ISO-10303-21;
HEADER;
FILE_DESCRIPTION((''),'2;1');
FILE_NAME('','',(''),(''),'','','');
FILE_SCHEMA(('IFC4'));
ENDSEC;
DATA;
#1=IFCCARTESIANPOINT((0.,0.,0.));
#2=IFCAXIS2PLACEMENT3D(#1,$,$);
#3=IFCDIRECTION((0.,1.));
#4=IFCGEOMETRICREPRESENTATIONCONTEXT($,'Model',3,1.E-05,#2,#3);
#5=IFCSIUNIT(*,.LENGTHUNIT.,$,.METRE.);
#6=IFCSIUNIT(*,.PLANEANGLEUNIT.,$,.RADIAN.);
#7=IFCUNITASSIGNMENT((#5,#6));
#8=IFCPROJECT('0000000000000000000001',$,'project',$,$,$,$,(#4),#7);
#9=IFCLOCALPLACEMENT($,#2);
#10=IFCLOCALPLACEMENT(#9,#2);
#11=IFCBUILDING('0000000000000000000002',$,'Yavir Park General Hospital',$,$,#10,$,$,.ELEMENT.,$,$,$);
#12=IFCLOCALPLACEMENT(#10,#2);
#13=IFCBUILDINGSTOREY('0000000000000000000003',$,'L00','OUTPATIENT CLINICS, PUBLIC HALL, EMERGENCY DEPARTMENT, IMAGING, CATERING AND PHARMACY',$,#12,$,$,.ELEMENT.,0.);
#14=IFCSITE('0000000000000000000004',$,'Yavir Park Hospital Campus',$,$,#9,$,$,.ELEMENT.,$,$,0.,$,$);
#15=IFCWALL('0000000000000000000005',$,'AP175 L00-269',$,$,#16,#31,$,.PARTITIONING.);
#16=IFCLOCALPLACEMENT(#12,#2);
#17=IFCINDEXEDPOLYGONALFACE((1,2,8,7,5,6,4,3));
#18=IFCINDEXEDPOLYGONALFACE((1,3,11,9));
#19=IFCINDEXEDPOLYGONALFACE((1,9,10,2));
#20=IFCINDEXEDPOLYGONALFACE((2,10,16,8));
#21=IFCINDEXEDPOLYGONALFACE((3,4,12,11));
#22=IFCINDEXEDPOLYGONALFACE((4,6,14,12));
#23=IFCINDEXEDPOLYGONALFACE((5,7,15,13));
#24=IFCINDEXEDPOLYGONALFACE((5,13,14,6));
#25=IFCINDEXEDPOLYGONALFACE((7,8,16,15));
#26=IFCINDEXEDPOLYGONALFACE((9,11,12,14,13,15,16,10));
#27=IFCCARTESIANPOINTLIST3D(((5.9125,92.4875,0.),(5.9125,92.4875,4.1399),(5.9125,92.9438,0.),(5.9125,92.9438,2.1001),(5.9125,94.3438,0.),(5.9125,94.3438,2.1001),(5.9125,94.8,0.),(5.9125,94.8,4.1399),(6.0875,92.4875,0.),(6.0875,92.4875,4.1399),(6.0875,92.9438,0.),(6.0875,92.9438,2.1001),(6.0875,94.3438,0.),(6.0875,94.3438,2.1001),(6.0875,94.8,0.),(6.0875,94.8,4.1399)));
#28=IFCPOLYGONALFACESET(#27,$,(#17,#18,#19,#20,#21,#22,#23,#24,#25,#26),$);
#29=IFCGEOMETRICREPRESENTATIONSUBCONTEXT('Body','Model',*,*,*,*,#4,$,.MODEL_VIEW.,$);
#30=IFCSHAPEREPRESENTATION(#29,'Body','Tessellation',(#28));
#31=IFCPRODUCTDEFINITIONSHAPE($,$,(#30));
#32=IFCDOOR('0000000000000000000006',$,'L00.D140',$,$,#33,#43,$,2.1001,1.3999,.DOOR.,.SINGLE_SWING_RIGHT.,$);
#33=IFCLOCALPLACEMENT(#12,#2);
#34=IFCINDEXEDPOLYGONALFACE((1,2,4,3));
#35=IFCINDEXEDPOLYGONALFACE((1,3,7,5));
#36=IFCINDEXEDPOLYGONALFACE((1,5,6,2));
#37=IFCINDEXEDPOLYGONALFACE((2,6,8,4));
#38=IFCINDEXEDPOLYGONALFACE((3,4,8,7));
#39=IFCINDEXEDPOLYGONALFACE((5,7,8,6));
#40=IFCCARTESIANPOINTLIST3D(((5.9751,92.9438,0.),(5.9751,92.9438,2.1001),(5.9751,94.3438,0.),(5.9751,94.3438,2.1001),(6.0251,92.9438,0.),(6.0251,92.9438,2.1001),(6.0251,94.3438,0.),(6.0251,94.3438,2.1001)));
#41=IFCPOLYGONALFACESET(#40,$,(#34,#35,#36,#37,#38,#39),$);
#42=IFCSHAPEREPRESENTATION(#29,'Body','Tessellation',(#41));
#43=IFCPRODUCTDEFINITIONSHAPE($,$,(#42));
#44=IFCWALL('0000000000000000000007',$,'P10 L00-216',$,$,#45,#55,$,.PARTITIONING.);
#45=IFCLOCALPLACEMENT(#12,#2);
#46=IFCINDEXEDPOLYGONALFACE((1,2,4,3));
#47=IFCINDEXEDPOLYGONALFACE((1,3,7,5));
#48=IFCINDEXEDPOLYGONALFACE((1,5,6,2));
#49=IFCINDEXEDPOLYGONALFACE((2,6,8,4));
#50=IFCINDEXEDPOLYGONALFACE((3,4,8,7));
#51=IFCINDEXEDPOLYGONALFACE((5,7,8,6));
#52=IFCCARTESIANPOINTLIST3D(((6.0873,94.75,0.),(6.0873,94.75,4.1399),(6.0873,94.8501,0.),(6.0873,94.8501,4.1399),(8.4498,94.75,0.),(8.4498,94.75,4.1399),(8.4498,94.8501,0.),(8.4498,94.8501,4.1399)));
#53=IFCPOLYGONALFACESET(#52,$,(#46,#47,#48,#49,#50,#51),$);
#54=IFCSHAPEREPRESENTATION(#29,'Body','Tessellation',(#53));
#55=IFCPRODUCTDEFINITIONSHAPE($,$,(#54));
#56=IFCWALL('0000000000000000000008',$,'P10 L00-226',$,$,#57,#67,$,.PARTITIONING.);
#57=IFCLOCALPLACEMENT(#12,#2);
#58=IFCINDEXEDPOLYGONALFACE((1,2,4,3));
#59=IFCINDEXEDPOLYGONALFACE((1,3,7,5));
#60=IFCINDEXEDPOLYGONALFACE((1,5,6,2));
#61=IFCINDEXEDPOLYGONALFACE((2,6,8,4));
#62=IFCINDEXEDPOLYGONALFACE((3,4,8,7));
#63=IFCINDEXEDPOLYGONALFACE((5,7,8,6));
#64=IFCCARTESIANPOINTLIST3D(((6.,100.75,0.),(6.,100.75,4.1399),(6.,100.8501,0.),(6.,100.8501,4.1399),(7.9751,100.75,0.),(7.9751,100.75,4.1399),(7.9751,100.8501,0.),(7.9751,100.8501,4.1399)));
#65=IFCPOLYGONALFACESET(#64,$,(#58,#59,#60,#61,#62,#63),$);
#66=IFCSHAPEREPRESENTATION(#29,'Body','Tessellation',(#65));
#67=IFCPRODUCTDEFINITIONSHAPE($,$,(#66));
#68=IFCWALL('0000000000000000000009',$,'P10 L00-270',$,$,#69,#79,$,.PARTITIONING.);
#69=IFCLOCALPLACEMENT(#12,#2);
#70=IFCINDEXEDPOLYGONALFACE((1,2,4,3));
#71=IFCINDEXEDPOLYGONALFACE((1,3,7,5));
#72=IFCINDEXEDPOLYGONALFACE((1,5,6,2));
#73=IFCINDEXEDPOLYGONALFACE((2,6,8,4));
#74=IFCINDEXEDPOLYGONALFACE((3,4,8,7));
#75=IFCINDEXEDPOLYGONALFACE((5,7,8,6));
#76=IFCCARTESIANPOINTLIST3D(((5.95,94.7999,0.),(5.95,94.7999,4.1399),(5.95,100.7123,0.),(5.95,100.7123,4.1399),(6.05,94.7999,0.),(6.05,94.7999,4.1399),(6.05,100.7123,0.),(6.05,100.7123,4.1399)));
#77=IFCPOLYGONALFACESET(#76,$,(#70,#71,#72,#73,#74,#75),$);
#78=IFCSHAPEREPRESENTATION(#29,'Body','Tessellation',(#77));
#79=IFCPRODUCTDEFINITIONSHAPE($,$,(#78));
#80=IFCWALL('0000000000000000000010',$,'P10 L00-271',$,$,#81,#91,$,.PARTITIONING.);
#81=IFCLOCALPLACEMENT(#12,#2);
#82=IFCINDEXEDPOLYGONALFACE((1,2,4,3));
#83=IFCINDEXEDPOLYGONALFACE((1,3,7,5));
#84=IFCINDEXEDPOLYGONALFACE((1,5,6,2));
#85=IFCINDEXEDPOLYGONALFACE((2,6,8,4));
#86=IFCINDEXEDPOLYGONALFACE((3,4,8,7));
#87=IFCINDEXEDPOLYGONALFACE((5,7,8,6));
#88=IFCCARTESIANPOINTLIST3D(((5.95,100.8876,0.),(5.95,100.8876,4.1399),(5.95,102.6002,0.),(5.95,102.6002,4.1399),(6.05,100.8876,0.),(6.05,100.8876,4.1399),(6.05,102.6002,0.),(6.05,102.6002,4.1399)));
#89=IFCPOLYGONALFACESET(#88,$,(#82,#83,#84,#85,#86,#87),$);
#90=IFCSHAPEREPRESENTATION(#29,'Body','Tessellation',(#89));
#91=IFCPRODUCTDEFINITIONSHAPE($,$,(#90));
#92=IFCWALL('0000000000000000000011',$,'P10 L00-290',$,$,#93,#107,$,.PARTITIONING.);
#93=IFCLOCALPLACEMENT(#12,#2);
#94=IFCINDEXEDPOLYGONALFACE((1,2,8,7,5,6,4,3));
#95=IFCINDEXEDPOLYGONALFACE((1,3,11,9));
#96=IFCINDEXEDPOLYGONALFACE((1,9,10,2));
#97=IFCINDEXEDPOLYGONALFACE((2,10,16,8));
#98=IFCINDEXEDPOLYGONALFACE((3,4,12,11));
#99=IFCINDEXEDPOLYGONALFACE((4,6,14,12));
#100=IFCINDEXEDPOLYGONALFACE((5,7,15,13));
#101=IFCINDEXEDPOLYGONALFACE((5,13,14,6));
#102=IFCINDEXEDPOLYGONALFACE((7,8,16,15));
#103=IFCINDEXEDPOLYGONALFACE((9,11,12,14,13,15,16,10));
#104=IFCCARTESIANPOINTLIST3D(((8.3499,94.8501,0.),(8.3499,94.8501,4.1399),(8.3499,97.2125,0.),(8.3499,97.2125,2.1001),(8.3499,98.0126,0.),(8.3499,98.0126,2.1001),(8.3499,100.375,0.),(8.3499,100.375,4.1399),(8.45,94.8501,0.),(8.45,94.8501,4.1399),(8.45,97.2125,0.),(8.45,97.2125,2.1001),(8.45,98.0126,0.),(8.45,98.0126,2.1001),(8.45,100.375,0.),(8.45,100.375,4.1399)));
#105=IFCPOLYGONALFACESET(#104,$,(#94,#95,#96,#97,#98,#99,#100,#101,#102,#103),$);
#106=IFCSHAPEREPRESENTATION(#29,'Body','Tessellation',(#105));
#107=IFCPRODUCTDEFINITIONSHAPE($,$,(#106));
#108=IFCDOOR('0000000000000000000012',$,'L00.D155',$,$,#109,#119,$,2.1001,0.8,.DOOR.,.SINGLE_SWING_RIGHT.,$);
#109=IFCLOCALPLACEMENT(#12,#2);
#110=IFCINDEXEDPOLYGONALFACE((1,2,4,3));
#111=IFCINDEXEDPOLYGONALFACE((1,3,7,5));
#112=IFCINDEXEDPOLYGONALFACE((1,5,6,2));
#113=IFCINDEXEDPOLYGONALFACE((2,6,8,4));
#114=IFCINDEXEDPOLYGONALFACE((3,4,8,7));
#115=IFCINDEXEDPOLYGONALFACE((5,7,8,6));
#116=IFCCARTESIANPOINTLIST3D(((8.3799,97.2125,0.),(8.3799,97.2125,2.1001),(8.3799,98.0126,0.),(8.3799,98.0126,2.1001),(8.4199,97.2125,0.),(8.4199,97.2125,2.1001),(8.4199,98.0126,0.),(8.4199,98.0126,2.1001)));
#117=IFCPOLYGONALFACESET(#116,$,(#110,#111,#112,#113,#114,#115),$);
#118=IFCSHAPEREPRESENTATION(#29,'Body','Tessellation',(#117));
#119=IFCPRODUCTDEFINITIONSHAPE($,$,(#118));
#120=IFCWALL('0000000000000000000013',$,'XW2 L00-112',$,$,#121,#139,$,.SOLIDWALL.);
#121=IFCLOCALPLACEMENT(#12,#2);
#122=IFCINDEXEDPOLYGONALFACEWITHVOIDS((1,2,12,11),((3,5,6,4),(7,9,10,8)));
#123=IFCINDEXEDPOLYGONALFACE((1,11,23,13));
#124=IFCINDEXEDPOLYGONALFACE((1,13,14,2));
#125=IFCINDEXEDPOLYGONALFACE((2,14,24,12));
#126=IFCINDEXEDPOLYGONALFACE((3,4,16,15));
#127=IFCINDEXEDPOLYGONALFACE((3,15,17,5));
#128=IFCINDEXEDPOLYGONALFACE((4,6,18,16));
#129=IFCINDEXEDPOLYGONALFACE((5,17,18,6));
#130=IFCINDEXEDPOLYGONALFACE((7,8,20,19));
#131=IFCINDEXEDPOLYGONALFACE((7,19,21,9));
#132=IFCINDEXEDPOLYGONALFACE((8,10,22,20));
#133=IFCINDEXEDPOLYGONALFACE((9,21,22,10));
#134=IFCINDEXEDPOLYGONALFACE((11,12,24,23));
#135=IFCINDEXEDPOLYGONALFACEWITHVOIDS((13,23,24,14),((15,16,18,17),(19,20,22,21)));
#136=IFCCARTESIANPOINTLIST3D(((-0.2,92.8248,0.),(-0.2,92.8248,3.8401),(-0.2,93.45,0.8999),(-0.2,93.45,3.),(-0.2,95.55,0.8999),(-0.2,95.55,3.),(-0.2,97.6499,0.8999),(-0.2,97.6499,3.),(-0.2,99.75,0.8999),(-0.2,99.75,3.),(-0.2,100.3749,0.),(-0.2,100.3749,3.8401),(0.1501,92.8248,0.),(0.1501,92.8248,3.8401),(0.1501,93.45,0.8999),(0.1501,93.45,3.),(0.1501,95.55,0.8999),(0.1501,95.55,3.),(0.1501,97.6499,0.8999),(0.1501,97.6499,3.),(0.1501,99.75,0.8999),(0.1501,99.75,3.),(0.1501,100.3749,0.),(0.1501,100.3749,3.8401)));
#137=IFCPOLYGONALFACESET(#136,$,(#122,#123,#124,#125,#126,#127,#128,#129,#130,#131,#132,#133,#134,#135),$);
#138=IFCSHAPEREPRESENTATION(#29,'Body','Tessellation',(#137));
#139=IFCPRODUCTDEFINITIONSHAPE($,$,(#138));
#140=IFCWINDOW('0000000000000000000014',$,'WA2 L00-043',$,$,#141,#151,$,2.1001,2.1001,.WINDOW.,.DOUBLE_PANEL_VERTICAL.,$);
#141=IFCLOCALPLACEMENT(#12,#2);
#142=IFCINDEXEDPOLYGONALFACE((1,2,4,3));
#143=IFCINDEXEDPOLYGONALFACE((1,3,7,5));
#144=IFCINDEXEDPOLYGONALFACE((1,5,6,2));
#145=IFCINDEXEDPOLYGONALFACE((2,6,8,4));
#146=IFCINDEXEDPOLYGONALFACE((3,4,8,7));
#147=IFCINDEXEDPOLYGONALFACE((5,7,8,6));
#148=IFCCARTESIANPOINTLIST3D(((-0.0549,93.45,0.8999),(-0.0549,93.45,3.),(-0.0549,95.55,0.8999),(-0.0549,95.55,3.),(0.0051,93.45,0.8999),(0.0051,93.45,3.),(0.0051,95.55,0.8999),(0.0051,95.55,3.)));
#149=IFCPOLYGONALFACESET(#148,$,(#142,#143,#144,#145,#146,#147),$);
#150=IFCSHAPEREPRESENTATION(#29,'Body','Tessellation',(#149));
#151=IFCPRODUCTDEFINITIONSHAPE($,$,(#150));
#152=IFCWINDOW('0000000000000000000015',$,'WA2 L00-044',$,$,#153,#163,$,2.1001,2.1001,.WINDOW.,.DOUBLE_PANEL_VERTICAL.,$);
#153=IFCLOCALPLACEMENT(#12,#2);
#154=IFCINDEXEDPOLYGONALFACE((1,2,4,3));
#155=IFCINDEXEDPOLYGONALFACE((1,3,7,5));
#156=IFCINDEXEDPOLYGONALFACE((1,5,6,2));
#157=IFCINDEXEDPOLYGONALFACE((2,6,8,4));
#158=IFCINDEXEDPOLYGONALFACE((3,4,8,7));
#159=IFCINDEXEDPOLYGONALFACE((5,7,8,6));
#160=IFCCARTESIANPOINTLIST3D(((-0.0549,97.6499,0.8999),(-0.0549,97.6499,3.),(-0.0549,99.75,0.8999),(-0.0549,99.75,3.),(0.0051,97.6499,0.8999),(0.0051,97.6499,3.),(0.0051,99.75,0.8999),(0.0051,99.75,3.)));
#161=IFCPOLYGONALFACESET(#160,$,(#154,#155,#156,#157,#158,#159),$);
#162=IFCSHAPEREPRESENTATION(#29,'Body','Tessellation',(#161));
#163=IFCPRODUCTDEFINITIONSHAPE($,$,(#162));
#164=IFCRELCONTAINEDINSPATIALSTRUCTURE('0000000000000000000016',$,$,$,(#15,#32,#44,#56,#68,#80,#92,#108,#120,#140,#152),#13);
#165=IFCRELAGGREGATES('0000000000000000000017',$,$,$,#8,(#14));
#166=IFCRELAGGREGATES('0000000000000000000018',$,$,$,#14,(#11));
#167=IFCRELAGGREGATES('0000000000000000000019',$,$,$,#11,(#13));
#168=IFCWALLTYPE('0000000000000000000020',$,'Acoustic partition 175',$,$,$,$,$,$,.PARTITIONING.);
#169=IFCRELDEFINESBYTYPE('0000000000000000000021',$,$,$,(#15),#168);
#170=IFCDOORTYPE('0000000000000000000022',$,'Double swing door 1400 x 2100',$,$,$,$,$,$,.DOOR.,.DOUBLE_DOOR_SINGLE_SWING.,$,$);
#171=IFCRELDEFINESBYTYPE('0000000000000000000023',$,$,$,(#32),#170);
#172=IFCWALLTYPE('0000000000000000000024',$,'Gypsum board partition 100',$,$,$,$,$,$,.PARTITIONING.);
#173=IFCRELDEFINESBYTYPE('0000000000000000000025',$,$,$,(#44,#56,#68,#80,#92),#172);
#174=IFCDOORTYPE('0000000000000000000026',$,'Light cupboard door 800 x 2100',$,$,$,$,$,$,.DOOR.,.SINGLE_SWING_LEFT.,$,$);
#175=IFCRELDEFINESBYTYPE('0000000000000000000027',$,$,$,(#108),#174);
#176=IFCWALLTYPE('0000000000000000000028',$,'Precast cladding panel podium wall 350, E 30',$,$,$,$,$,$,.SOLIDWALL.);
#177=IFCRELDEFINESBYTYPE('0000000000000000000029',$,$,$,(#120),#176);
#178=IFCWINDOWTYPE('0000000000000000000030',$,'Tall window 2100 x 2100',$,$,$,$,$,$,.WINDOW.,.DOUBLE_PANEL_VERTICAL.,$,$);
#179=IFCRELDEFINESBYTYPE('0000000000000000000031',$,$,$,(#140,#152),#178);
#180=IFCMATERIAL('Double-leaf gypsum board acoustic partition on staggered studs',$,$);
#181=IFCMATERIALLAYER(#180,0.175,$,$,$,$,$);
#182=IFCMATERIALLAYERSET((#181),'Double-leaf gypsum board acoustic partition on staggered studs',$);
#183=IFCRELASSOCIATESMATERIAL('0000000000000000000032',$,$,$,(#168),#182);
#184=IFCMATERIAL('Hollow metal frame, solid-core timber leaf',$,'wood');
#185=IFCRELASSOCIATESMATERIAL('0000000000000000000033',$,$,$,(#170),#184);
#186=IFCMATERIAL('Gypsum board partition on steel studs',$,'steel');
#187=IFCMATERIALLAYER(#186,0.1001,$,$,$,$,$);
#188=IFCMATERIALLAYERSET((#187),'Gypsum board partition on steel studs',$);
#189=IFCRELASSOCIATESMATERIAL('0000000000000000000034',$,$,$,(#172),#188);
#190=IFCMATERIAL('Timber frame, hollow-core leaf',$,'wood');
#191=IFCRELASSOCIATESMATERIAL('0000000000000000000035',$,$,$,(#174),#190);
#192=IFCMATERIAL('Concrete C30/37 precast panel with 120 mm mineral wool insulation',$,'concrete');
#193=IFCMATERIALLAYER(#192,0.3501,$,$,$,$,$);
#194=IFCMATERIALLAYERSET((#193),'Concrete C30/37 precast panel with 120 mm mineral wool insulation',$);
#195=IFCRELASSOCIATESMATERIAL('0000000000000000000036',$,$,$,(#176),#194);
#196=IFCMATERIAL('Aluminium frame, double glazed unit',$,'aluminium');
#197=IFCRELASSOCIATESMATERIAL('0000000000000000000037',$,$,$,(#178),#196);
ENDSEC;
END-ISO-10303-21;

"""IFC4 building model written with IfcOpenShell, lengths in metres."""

from ifc_helpers import new_model, si_unit, direction, frame, frame_2d, origin, place, context, subcontext, project, spatial, rectangle, extrude, material, layer, layer_set, type_object, element, fill, save


model = new_model("IFC4")

# Units and contexts
model_context = context("Model", 3, precision=1e-05, world=origin(), true_north=direction((0.0, 1.0)))
body_context = subcontext(model_context, "Body", "Model", "MODEL_VIEW")
ifc_project = project(units=[si_unit("LENGTHUNIT", "METRE"), si_unit("PLANEANGLEUNIT", "RADIAN")], contexts=[model_context])

# Site, building, storey
site_placement = place(None, origin())
site = spatial("IfcSite", under=ifc_project, at=site_placement, Name="Yavir Park Hospital Campus", CompositionType="ELEMENT", RefElevation=0.0)
building_placement = place(site_placement, origin())
building = spatial("IfcBuilding", under=site, at=building_placement, Name="Yavir Park General Hospital", CompositionType="ELEMENT")
storey_placement = place(building_placement, origin())
storey = spatial("IfcBuildingStorey", under=building, at=storey_placement, Name="L00", Description="OUTPATIENT CLINICS, PUBLIC HALL, EMERGENCY DEPARTMENT, IMAGING, CATERING AND PHARMACY", CompositionType="ELEMENT", Elevation=0.0)

# Shared definitions
ifc_material_1 = material(Name="Double-leaf gypsum board acoustic partition on staggered studs")
ifc_layer_1 = layer(ifc_material_1, 0.175)
ifc_layer_set_1 = layer_set([ifc_layer_1], Name="Double-leaf gypsum board acoustic partition on staggered studs")
wall_type_1 = type_object("IfcWallType", Name="Acoustic partition 175", PredefinedType="PARTITIONING", material=ifc_layer_set_1)

# Wall, opening, door
wall_1_placement = place(storey_placement, frame((6.0, 92.4875, 0.0), z_axis=(0.0, 0.0, 1.0), x_axis=(0.0, 1.0, 0.0)))
wall_1 = element("IfcWall", 1, at=wall_1_placement, inside=storey, type_object=wall_type_1, Name="AP175 L00-269", PredefinedType="PARTITIONING", context=body_context, shape_type="SweptSolid", body=[
    extrude(rectangle(XDim=2.3125, YDim=0.175, at=frame_2d((1.1562, 0.0))), origin(), (0.0, 0.0, 1.0), 4.1399),
])
opening_1_placement = place(wall_1_placement, frame((0.4563, 0.0, 0.0)))
opening_1 = element("IfcOpeningElement", 2, at=opening_1_placement, cuts=wall_1, PredefinedType="OPENING", context=body_context, shape_type="SweptSolid", body=[
    extrude(rectangle(XDim=1.3999, YDim=2.1001, at=frame_2d((0.7, 1.05))), frame((0.0, 0.0974, 0.0), z_axis=(0.0, -1.0, 0.0), x_axis=(1.0, 0.0, 0.0)), (0.0, 0.0, 1.0), 0.1951),
])
ifc_material_2 = material(Name="Hollow metal frame, solid-core timber leaf", Category="wood")
door_type_1 = type_object("IfcDoorType", Name="Double swing door 1400 x 2100", OperationType="DOUBLE_DOOR_SINGLE_SWING", PredefinedType="DOOR", material=ifc_material_2)
door_1_placement = place(opening_1_placement, origin())
door_1 = element("IfcDoor", 3, at=door_1_placement, inside=storey, type_object=door_type_1, Name="L00.D140", OperationType="SINGLE_SWING_RIGHT", OverallHeight=2.1001, OverallWidth=1.3999, PredefinedType="DOOR", context=body_context, shape_type="SweptSolid", body=[
    extrude(rectangle(XDim=1.3999, YDim=2.1001, at=frame_2d((0.7, 1.05))), frame((0.0, 0.0249, 0.0), z_axis=(0.0, -1.0, 0.0), x_axis=(1.0, 0.0, 0.0)), (0.0, 0.0, 1.0), 0.05),
])
fill(opening_1, door_1)

# Walls
ifc_material_3 = material(Name="Gypsum board partition on steel studs", Category="steel")
ifc_layer_2 = layer(ifc_material_3, 0.1001)
ifc_layer_set_2 = layer_set([ifc_layer_2], Name="Gypsum board partition on steel studs")
wall_type_2 = type_object("IfcWallType", Name="Gypsum board partition 100", PredefinedType="PARTITIONING", material=ifc_layer_set_2)
wall_2_placement = place(storey_placement, frame((6.0874, 94.8, 0.0), z_axis=(0.0, 0.0, 1.0), x_axis=(1.0, 0.0, 0.0)))
element("IfcWall", 4, at=wall_2_placement, inside=storey, type_object=wall_type_2, Name="P10 L00-216", PredefinedType="PARTITIONING", context=body_context, shape_type="SweptSolid", body=[
    extrude(rectangle(XDim=2.3625, YDim=0.1001, at=frame_2d((1.1812, 0.0))), origin(), (0.0, 0.0, 1.0), 4.1399),
])
wall_3_placement = place(storey_placement, frame((6.0, 100.8, 0.0), z_axis=(0.0, 0.0, 1.0), x_axis=(1.0, 0.0, 0.0)))
element("IfcWall", 5, at=wall_3_placement, inside=storey, type_object=wall_type_2, Name="P10 L00-226", PredefinedType="PARTITIONING", context=body_context, shape_type="SweptSolid", body=[
    extrude(rectangle(XDim=1.9751, YDim=0.1001, at=frame_2d((0.9875, 0.0))), origin(), (0.0, 0.0, 1.0), 4.1399),
])
wall_4_placement = place(storey_placement, frame((6.0, 94.8, 0.0), z_axis=(0.0, 0.0, 1.0), x_axis=(0.0, 1.0, 0.0)))
element("IfcWall", 6, at=wall_4_placement, inside=storey, type_object=wall_type_2, Name="P10 L00-270", PredefinedType="PARTITIONING", context=body_context, shape_type="SweptSolid", body=[
    extrude(rectangle(XDim=5.9124, YDim=0.1001, at=frame_2d((2.9561, 0.0))), origin(), (0.0, 0.0, 1.0), 4.1399),
])
wall_5_placement = place(storey_placement, frame((6.0, 100.8875, 0.0), z_axis=(0.0, 0.0, 1.0), x_axis=(0.0, 1.0, 0.0)))
element("IfcWall", 7, at=wall_5_placement, inside=storey, type_object=wall_type_2, Name="P10 L00-271", PredefinedType="PARTITIONING", context=body_context, shape_type="SweptSolid", body=[
    extrude(rectangle(XDim=1.7126, YDim=0.1001, at=frame_2d((0.8564, 0.0))), origin(), (0.0, 0.0, 1.0), 4.1399),
])

# Wall, opening, door
wall_6_placement = place(storey_placement, frame((8.3999, 94.8501, 0.0), z_axis=(0.0, 0.0, 1.0), x_axis=(0.0, 1.0, 0.0)))
wall_6 = element("IfcWall", 8, at=wall_6_placement, inside=storey, type_object=wall_type_2, Name="P10 L00-290", PredefinedType="PARTITIONING", context=body_context, shape_type="SweptSolid", body=[
    extrude(rectangle(XDim=5.5249, YDim=0.1001, at=frame_2d((2.7625, 0.0))), origin(), (0.0, 0.0, 1.0), 4.1399),
])
opening_2_placement = place(wall_6_placement, frame((2.3625, 0.0, 0.0)))
opening_2 = element("IfcOpeningElement", 9, at=opening_2_placement, cuts=wall_6, PredefinedType="OPENING", context=body_context, shape_type="SweptSolid", body=[
    extrude(rectangle(XDim=0.8, YDim=2.1001, at=frame_2d((0.3999, 1.05))), frame((0.0, 0.0601, 0.0), z_axis=(0.0, -1.0, 0.0), x_axis=(1.0, 0.0, 0.0)), (0.0, 0.0, 1.0), 0.1201),
])
ifc_material_4 = material(Name="Timber frame, hollow-core leaf", Category="wood")
door_type_2 = type_object("IfcDoorType", Name="Light cupboard door 800 x 2100", OperationType="SINGLE_SWING_LEFT", PredefinedType="DOOR", material=ifc_material_4)
door_2_placement = place(opening_2_placement, origin())
door_2 = element("IfcDoor", 10, at=door_2_placement, inside=storey, type_object=door_type_2, Name="L00.D155", OperationType="SINGLE_SWING_RIGHT", OverallHeight=2.1001, OverallWidth=0.8, PredefinedType="DOOR", context=body_context, shape_type="SweptSolid", body=[
    extrude(rectangle(XDim=0.8, YDim=2.1001, at=frame_2d((0.3999, 1.05))), frame((0.0, 0.02, 0.0), z_axis=(0.0, -1.0, 0.0), x_axis=(1.0, 0.0, 0.0)), (0.0, 0.0, 1.0), 0.04),
])
fill(opening_2, door_2)

# Wall, openings, windows
ifc_material_5 = material(Name="Concrete C30/37 precast panel with 120 mm mineral wool insulation", Category="concrete")
ifc_layer_3 = layer(ifc_material_5, 0.3501)
ifc_layer_set_3 = layer_set([ifc_layer_3], Name="Concrete C30/37 precast panel with 120 mm mineral wool insulation")
wall_type_3 = type_object("IfcWallType", Name="Precast cladding panel podium wall 350, E 30", PredefinedType="SOLIDWALL", material=ifc_layer_set_3)
wall_7_placement = place(storey_placement, frame((-0.0249, 92.825, 0.0), z_axis=(0.0, 0.0, 1.0), x_axis=(0.0, 1.0, 0.0)))
wall_7 = element("IfcWall", 11, at=wall_7_placement, inside=storey, type_object=wall_type_3, Name="XW2 L00-112", PredefinedType="SOLIDWALL", context=body_context, shape_type="SweptSolid", body=[
    extrude(rectangle(XDim=7.55, YDim=0.3501, at=frame_2d((3.7749, 0.0))), origin(), (0.0, 0.0, 1.0), 3.8401),
])
opening_3_placement = place(wall_7_placement, frame((0.625, 0.0, 0.8999)))
opening_3 = element("IfcOpeningElement", 12, at=opening_3_placement, cuts=wall_7, PredefinedType="OPENING", context=body_context, shape_type="SweptSolid", body=[
    extrude(rectangle(XDim=2.1001, YDim=2.1001, at=frame_2d((1.05, 1.05))), frame((0.0, 0.1851, 0.0), z_axis=(0.0, -1.0, 0.0), x_axis=(1.0, 0.0, 0.0)), (0.0, 0.0, 1.0), 0.3701),
])
opening_4_placement = place(wall_7_placement, frame((4.825, 0.0, 0.8999)))
opening_4 = element("IfcOpeningElement", 13, at=opening_4_placement, cuts=wall_7, PredefinedType="OPENING", context=body_context, shape_type="SweptSolid", body=[
    extrude(rectangle(XDim=2.1001, YDim=2.1001, at=frame_2d((1.05, 1.05))), frame((0.0, 0.1851, 0.0), z_axis=(0.0, -1.0, 0.0), x_axis=(1.0, 0.0, 0.0)), (0.0, 0.0, 1.0), 0.3701),
])
ifc_material_6 = material(Name="Aluminium frame, double glazed unit", Category="aluminium")
window_type = type_object("IfcWindowType", Name="Tall window 2100 x 2100", PartitioningType="DOUBLE_PANEL_VERTICAL", PredefinedType="WINDOW", material=ifc_material_6)
window_1_placement = place(opening_3_placement, origin())
window_1 = element("IfcWindow", 14, at=window_1_placement, inside=storey, type_object=window_type, Name="WA2 L00-043", OverallHeight=2.1001, OverallWidth=2.1001, PartitioningType="DOUBLE_PANEL_VERTICAL", PredefinedType="WINDOW", context=body_context, shape_type="SweptSolid", body=[
    extrude(rectangle(XDim=2.1001, YDim=2.1001, at=frame_2d((1.05, 1.05))), frame((0.0, 0.03, 0.0), z_axis=(0.0, -1.0, 0.0), x_axis=(1.0, 0.0, 0.0)), (0.0, 0.0, 1.0), 0.0601),
])
fill(opening_3, window_1)
window_2_placement = place(opening_4_placement, origin())
window_2 = element("IfcWindow", 15, at=window_2_placement, inside=storey, type_object=window_type, Name="WA2 L00-044", OverallHeight=2.1001, OverallWidth=2.1001, PartitioningType="DOUBLE_PANEL_VERTICAL", PredefinedType="WINDOW", context=body_context, shape_type="SweptSolid", body=[
    extrude(rectangle(XDim=2.1001, YDim=2.1001, at=frame_2d((1.05, 1.05))), frame((0.0, 0.03, 0.0), z_axis=(0.0, -1.0, 0.0), x_axis=(1.0, 0.0, 0.0)), (0.0, 0.0, 1.0), 0.0601),
])
fill(opening_4, window_2)

save(model, "model.ifc")
